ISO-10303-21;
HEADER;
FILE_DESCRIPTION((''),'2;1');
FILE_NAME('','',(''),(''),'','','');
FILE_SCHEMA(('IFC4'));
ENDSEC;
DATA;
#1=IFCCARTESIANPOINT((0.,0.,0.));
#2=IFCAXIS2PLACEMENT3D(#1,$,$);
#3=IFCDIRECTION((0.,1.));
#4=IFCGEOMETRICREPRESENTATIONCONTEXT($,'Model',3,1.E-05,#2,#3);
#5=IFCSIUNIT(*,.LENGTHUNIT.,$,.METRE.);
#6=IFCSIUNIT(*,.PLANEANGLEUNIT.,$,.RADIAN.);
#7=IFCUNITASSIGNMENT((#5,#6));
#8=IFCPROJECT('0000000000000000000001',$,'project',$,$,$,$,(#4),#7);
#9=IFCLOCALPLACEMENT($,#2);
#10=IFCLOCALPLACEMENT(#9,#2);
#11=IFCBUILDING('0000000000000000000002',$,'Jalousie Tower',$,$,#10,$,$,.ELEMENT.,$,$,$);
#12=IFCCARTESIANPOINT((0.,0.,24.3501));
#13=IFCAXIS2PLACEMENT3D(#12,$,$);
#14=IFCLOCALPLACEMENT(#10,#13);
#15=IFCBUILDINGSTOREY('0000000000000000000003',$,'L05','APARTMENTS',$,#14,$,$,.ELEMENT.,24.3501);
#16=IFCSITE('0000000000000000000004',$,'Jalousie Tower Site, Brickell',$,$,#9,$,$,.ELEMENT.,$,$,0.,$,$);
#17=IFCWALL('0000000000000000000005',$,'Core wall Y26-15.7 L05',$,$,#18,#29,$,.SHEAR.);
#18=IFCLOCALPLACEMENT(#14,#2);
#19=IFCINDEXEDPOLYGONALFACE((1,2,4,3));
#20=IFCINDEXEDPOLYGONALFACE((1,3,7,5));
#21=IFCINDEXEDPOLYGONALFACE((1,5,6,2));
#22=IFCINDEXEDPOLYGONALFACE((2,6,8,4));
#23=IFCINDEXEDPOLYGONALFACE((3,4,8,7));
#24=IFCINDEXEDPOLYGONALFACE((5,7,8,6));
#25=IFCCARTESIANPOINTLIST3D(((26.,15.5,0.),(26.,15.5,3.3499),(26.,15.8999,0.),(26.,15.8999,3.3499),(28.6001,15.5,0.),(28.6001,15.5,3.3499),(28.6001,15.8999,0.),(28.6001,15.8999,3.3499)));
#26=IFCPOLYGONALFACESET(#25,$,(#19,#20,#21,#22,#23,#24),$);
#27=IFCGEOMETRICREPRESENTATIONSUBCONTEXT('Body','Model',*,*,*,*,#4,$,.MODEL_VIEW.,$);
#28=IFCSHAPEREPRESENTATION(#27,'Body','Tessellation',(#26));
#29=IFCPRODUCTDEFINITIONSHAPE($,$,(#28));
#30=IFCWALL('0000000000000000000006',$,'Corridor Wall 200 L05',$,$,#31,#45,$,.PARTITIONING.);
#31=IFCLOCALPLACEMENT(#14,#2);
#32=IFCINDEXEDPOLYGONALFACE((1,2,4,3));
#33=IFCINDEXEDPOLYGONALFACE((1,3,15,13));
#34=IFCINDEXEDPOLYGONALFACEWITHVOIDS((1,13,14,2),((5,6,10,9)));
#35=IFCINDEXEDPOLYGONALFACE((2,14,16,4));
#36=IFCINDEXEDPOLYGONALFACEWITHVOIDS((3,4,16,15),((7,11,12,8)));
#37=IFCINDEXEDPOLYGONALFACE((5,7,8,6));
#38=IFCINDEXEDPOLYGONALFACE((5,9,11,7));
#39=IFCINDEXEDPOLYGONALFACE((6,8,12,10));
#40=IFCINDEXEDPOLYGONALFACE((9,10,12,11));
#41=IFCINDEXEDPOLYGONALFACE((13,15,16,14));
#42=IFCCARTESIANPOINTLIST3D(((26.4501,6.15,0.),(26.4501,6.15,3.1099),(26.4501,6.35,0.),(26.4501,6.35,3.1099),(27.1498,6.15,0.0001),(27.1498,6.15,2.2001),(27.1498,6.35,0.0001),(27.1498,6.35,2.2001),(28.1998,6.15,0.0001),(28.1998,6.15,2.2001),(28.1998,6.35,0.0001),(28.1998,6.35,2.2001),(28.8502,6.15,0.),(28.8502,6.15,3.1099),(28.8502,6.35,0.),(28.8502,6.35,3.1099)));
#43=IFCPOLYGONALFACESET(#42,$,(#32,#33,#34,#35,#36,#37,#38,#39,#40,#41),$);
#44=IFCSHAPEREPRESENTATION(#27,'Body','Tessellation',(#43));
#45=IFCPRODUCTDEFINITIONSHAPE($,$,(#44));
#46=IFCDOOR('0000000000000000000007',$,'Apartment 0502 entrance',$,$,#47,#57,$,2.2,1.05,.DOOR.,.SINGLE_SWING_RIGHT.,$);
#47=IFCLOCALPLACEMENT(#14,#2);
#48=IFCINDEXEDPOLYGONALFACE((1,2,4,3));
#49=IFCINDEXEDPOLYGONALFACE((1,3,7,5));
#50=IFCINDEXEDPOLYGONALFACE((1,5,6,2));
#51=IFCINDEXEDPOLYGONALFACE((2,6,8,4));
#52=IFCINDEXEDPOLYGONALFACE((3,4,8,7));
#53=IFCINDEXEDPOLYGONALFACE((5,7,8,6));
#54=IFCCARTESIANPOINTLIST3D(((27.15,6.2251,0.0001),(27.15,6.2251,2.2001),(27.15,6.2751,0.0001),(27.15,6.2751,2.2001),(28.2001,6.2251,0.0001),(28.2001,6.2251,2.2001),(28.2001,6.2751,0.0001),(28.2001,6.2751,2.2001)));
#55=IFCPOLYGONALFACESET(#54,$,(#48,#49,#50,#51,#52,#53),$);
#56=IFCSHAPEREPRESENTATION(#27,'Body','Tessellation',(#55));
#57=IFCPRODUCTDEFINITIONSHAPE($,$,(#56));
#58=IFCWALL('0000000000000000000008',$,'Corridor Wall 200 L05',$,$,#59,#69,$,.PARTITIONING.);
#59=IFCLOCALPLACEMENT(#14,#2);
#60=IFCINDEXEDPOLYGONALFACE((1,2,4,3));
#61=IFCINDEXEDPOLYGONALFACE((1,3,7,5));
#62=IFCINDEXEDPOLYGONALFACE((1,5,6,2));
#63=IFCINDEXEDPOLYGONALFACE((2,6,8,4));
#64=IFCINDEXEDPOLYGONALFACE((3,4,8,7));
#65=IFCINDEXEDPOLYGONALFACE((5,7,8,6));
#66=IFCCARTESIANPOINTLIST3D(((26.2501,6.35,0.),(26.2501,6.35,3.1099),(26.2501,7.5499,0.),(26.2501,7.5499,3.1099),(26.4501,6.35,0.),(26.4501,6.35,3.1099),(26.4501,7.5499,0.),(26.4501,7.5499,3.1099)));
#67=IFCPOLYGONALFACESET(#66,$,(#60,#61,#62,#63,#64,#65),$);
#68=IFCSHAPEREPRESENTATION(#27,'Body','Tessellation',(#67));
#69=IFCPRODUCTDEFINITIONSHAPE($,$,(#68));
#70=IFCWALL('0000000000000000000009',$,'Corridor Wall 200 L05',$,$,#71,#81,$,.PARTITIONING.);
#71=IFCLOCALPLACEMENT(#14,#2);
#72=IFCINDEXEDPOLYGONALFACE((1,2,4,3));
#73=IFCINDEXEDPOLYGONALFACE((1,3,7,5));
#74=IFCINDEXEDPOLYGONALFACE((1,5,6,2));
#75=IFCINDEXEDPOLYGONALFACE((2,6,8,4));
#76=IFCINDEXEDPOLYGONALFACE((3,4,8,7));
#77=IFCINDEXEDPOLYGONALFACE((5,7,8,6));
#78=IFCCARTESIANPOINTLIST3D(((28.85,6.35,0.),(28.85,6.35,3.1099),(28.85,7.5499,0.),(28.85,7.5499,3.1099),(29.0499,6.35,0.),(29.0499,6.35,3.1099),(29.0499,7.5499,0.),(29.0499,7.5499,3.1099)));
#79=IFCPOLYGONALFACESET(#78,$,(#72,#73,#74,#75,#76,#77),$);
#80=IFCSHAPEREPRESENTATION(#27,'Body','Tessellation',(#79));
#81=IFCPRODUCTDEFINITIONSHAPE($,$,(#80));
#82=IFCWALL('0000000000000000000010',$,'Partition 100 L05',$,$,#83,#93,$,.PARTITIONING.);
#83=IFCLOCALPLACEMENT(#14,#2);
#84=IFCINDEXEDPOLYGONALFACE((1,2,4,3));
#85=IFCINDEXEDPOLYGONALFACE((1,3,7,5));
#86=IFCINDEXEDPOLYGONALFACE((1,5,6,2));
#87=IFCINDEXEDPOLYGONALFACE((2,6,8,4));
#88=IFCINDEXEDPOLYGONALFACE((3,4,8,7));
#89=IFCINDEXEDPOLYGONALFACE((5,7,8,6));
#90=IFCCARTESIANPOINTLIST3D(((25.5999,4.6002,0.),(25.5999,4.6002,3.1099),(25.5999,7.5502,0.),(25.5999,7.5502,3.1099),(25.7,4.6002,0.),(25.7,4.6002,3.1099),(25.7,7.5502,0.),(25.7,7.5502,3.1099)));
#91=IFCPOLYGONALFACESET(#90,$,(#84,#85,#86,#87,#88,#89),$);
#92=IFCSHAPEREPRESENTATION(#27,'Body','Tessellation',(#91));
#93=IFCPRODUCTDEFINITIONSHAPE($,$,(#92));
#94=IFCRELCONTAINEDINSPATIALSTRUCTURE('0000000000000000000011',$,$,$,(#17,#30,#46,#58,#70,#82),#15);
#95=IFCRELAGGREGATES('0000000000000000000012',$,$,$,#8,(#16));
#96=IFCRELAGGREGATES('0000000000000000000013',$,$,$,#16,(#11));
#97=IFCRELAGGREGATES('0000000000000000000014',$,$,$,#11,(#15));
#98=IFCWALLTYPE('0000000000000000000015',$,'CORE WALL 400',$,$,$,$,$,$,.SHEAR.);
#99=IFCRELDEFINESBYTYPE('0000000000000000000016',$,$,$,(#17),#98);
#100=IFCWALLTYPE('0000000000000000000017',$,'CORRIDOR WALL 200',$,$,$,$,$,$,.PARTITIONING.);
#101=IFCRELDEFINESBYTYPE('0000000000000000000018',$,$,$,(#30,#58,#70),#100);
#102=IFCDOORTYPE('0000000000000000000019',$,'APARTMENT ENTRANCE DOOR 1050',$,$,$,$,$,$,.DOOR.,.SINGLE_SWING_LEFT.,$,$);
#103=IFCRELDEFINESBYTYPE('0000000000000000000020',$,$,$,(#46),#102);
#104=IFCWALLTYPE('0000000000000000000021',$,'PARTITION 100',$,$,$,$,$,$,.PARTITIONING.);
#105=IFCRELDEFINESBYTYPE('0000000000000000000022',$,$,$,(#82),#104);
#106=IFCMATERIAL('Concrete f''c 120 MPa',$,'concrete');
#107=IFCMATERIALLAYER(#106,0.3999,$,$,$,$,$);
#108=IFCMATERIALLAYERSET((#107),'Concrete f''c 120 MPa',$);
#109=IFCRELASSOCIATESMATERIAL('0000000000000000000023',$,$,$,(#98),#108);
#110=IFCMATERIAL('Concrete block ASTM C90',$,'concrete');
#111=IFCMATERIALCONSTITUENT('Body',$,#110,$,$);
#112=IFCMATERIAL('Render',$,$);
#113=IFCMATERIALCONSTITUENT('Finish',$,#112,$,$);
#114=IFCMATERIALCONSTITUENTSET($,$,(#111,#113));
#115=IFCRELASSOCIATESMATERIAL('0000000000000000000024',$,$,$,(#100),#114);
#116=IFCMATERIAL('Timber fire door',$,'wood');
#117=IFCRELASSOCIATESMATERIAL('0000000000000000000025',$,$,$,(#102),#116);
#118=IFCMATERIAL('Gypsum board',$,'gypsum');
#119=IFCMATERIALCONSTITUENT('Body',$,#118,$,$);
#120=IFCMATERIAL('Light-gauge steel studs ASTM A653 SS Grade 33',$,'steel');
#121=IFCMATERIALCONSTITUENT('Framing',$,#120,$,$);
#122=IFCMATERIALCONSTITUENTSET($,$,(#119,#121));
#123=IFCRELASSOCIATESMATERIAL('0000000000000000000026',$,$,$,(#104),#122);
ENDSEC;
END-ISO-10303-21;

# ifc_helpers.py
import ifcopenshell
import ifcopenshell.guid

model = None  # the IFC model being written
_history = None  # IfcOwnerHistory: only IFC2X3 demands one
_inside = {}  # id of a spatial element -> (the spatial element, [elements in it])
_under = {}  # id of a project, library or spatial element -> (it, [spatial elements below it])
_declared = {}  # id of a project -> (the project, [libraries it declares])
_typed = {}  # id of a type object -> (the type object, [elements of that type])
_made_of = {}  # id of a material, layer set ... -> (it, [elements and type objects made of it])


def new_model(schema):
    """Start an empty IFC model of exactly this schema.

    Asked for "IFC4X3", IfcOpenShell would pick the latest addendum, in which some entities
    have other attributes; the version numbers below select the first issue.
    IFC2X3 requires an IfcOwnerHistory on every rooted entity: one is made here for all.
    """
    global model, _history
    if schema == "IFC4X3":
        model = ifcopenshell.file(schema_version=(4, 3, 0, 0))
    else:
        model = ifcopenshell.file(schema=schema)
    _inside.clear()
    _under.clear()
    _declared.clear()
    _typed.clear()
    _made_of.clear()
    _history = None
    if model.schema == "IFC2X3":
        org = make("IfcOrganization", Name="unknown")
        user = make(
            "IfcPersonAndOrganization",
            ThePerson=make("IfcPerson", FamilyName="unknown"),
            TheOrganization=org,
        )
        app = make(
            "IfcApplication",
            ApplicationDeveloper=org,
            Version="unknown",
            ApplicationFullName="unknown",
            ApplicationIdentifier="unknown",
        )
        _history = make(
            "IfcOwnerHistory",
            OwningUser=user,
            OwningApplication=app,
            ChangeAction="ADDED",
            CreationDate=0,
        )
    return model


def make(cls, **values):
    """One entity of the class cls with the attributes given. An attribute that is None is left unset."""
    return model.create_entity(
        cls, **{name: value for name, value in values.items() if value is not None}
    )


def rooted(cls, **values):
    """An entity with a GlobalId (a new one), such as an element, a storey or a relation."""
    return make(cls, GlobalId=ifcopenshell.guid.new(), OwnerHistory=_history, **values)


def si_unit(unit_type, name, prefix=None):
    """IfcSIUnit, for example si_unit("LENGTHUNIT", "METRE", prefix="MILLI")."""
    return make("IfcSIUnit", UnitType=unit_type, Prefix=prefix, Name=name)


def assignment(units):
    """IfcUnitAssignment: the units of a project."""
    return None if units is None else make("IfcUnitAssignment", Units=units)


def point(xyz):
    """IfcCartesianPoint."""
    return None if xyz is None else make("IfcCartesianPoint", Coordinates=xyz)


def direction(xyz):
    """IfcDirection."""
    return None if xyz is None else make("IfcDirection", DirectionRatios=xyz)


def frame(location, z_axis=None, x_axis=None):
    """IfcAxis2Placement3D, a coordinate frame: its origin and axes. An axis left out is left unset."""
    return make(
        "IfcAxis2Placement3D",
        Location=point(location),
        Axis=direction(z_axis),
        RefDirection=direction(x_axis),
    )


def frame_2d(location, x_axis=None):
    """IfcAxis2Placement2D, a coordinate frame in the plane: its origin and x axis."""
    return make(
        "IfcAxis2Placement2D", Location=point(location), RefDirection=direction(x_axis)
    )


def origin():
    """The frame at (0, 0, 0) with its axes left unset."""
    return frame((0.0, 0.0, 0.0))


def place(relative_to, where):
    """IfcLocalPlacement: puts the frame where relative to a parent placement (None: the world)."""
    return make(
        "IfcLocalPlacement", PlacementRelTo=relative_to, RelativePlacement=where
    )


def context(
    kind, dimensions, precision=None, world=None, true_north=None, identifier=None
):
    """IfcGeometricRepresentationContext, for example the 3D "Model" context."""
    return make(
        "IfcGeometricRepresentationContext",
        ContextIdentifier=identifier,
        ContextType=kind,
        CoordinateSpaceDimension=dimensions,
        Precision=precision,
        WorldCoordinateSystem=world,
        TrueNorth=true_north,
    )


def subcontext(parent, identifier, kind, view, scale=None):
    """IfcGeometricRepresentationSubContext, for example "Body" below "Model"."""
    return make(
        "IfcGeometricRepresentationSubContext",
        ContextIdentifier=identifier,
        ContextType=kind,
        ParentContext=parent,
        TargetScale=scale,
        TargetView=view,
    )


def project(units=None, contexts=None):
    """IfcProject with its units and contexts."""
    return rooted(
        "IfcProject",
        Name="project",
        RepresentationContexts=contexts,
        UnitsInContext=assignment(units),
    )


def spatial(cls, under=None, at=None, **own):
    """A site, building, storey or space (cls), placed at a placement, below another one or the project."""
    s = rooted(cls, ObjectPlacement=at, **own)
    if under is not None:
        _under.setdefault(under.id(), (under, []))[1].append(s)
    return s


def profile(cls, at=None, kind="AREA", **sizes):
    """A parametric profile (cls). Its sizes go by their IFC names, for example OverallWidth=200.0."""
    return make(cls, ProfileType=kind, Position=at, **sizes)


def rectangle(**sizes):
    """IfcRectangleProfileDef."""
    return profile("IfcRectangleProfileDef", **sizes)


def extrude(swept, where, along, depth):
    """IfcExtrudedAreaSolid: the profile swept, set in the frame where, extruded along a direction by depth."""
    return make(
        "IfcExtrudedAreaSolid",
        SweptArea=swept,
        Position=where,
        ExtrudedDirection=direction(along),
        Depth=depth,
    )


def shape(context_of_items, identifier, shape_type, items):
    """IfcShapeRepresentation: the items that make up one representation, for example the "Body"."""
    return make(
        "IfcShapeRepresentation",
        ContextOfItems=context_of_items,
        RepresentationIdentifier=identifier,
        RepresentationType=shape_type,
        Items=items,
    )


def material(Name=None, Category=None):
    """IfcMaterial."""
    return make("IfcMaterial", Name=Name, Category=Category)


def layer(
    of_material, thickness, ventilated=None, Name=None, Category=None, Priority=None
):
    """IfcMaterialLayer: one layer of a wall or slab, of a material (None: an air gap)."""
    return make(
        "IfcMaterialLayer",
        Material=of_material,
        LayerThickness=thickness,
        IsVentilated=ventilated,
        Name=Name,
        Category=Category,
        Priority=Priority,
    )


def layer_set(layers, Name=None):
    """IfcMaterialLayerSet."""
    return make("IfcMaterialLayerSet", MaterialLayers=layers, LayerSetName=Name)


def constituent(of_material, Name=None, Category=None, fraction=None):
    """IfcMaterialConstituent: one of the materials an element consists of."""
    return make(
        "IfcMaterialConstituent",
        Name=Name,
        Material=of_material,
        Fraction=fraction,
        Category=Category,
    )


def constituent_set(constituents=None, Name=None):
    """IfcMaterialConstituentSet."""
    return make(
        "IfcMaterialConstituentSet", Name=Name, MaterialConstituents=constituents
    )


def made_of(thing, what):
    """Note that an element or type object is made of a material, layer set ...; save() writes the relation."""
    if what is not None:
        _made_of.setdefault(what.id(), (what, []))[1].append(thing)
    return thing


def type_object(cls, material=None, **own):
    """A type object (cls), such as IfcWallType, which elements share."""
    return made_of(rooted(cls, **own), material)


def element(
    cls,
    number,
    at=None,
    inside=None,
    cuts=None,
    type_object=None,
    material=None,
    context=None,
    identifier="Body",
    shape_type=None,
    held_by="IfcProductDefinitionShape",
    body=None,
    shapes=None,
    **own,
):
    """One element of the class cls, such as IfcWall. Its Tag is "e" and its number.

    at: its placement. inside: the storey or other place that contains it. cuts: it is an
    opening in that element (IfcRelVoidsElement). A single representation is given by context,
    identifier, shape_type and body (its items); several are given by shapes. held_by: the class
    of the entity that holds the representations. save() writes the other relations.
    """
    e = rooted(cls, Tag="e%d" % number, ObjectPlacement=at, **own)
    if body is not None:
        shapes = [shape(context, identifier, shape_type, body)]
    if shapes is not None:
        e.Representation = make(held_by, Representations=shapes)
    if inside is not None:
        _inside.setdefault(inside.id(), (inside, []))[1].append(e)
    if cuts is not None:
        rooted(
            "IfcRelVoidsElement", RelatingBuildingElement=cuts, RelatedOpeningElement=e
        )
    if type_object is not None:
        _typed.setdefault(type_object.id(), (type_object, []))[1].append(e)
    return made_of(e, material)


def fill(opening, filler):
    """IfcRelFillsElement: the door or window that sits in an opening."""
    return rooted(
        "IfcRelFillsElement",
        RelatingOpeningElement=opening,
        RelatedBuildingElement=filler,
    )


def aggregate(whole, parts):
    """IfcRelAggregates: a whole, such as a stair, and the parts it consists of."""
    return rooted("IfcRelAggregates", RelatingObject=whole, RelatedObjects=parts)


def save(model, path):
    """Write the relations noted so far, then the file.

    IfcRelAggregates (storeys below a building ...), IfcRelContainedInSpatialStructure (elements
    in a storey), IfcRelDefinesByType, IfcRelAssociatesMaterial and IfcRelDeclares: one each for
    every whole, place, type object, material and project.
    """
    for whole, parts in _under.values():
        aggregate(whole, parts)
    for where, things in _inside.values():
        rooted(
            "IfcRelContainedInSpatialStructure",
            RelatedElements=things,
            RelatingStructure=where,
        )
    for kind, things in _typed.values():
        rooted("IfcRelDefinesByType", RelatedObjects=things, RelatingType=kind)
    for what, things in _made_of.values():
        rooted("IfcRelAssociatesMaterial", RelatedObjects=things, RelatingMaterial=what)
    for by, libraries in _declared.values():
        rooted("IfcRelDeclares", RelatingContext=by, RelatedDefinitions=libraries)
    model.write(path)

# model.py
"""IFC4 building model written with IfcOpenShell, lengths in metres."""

from ifc_helpers import new_model, si_unit, direction, frame, frame_2d, origin, place, context, subcontext, project, spatial, rectangle, extrude, material, layer, layer_set, constituent, constituent_set, type_object, element, fill, save


model = new_model("IFC4")

# Units and contexts
model_context = context("Model", 3, precision=1e-05, world=origin(), true_north=direction((0.0, 1.0)))
body_context = subcontext(model_context, "Body", "Model", "MODEL_VIEW")
ifc_project = project(units=[si_unit("LENGTHUNIT", "METRE"), si_unit("PLANEANGLEUNIT", "RADIAN")], contexts=[model_context])

# Site, building, storey
site_placement = place(None, origin())
site = spatial("IfcSite", under=ifc_project, at=site_placement, Name="Jalousie Tower Site, Brickell", CompositionType="ELEMENT", RefElevation=0.0)
building_placement = place(site_placement, origin())
building = spatial("IfcBuilding", under=site, at=building_placement, Name="Jalousie Tower", CompositionType="ELEMENT")
storey_placement = place(building_placement, frame((0.0, 0.0, 24.3501)))
storey = spatial("IfcBuildingStorey", under=building, at=storey_placement, Name="L05", Description="APARTMENTS", CompositionType="ELEMENT", Elevation=24.3501)

# Shared definitions
ifc_material_1 = material(Name="Concrete f'c 120 MPa", Category="concrete")
ifc_layer_1 = layer(ifc_material_1, 0.3999)
ifc_layer_set_1 = layer_set([ifc_layer_1], Name="Concrete f'c 120 MPa")
wall_type_1 = type_object("IfcWallType", Name="CORE WALL 400", PredefinedType="SHEAR", material=ifc_layer_set_1)

# Wall
for number, where, z_axis, x_axis, name in (
    (1, (26.0, 15.7, 0.0), (0.0, 0.0, 1.0), (1.0, 0.0, 0.0), "Core wall Y26-15.7 L05"),
):
    element("IfcWall", number, at=place(storey_placement, frame(where, z_axis=z_axis, x_axis=x_axis)), inside=storey, type_object=wall_type_1, Name=name, PredefinedType="SHEAR", context=body_context, shape_type="SweptSolid", body=[
        extrude(rectangle(XDim=2.6001, YDim=0.3999, at=frame_2d((1.3, 0.0))), origin(), (0.0, 0.0, 1.0), 3.3499),
    ])

# Wall, opening, door
ifc_material_2 = material(Name="Concrete block ASTM C90", Category="concrete")
ifc_constituent_1 = constituent(ifc_material_2, Name="Body")
ifc_material_3 = material(Name="Render")
ifc_constituent_2 = constituent(ifc_material_3, Name="Finish")
ifc_constituent_set_1 = constituent_set(constituents=[ifc_constituent_1, ifc_constituent_2])
wall_type_2 = type_object("IfcWallType", Name="CORRIDOR WALL 200", PredefinedType="PARTITIONING", material=ifc_constituent_set_1)
wall_1_placement = place(storey_placement, frame((26.45, 6.25, 0.0), z_axis=(0.0, 0.0, 1.0), x_axis=(1.0, 0.0, 0.0)))
wall_1 = element("IfcWall", 2, at=wall_1_placement, inside=storey, type_object=wall_type_2, Name="Corridor Wall 200 L05", PredefinedType="PARTITIONING", context=body_context, shape_type="SweptSolid", body=[
    extrude(rectangle(XDim=2.4001, YDim=0.2, at=frame_2d((1.2002, 0.0))), origin(), (0.0, 0.0, 1.0), 3.1099),
])
opening_1_placement = place(wall_1_placement, frame((0.7, 0.0, 0.0)))
opening_1 = element("IfcOpeningElement", 3, at=opening_1_placement, cuts=wall_1, PredefinedType="OPENING", context=body_context, shape_type="SweptSolid", body=[
    extrude(rectangle(XDim=1.05, YDim=2.2, at=frame_2d((0.5249, 1.1001))), frame((0.0, 0.1099, 0.0), z_axis=(0.0, -1.0, 0.0), x_axis=(1.0, 0.0, 0.0)), (0.0, 0.0, 1.0), 0.22),
])
ifc_material_4 = material(Name="Timber fire door", Category="wood")
door_type_1 = type_object("IfcDoorType", Name="APARTMENT ENTRANCE DOOR 1050", OperationType="SINGLE_SWING_LEFT", PredefinedType="DOOR", material=ifc_material_4)
door_1_placement = place(opening_1_placement, frame((1.05, 0.0, 0.0), z_axis=(0.0, 0.0, 1.0), x_axis=(-1.0, 0.0, 0.0)))
door_1 = element("IfcDoor", 4, at=door_1_placement, inside=storey, type_object=door_type_1, Name="Apartment 0502 entrance", OperationType="SINGLE_SWING_RIGHT", OverallHeight=2.2, OverallWidth=1.05, PredefinedType="DOOR", context=body_context, shape_type="SweptSolid", body=[
    extrude(rectangle(XDim=1.05, YDim=2.2, at=frame_2d((0.5249, 1.1001))), frame((0.0, 0.0249, 0.0), z_axis=(0.0, -1.0, 0.0), x_axis=(1.0, 0.0, 0.0)), (0.0, 0.0, 1.0), 0.05),
])
fill(opening_1, door_1)

# Walls
for number, where, z_axis, x_axis, name in (
    (5, (26.3501, 7.55, 0.0), (0.0, 0.0, 1.0), (0.0, -1.0, 0.0), "Corridor Wall 200 L05"),
    (6, (28.95, 7.55, 0.0), (0.0, 0.0, 1.0), (0.0, -1.0, 0.0), "Corridor Wall 200 L05"),
):
    element("IfcWall", number, at=place(storey_placement, frame(where, z_axis=z_axis, x_axis=x_axis)), inside=storey, type_object=wall_type_2, Name=name, PredefinedType="PARTITIONING", context=body_context, shape_type="SweptSolid", body=[
        extrude(rectangle(XDim=1.2, YDim=0.2, at=frame_2d((0.6001, 0.0))), origin(), (0.0, 0.0, 1.0), 3.1099),
    ])
ifc_material_5 = material(Name="Gypsum board", Category="gypsum")
ifc_constituent_3 = constituent(ifc_material_5, Name="Body")
ifc_material_6 = material(Name="Light-gauge steel studs ASTM A653 SS Grade 33", Category="steel")
ifc_constituent_4 = constituent(ifc_material_6, Name="Framing")
ifc_constituent_set_2 = constituent_set(constituents=[ifc_constituent_3, ifc_constituent_4])
wall_type_3 = type_object("IfcWallType", Name="PARTITION 100", PredefinedType="PARTITIONING", material=ifc_constituent_set_2)
wall_2_placement = place(storey_placement, frame((25.6499, 4.6001, 0.0), z_axis=(0.0, 0.0, 1.0), x_axis=(0.0, 1.0, 0.0)))
element("IfcWall", 7, at=wall_2_placement, inside=storey, type_object=wall_type_3, Name="Partition 100 L05", PredefinedType="PARTITIONING", context=body_context, shape_type="SweptSolid", body=[
    extrude(rectangle(XDim=2.95, YDim=0.1001, at=frame_2d((1.4751, 0.0))), origin(), (0.0, 0.0, 1.0), 3.1099),
])

save(model, "model.ifc")
